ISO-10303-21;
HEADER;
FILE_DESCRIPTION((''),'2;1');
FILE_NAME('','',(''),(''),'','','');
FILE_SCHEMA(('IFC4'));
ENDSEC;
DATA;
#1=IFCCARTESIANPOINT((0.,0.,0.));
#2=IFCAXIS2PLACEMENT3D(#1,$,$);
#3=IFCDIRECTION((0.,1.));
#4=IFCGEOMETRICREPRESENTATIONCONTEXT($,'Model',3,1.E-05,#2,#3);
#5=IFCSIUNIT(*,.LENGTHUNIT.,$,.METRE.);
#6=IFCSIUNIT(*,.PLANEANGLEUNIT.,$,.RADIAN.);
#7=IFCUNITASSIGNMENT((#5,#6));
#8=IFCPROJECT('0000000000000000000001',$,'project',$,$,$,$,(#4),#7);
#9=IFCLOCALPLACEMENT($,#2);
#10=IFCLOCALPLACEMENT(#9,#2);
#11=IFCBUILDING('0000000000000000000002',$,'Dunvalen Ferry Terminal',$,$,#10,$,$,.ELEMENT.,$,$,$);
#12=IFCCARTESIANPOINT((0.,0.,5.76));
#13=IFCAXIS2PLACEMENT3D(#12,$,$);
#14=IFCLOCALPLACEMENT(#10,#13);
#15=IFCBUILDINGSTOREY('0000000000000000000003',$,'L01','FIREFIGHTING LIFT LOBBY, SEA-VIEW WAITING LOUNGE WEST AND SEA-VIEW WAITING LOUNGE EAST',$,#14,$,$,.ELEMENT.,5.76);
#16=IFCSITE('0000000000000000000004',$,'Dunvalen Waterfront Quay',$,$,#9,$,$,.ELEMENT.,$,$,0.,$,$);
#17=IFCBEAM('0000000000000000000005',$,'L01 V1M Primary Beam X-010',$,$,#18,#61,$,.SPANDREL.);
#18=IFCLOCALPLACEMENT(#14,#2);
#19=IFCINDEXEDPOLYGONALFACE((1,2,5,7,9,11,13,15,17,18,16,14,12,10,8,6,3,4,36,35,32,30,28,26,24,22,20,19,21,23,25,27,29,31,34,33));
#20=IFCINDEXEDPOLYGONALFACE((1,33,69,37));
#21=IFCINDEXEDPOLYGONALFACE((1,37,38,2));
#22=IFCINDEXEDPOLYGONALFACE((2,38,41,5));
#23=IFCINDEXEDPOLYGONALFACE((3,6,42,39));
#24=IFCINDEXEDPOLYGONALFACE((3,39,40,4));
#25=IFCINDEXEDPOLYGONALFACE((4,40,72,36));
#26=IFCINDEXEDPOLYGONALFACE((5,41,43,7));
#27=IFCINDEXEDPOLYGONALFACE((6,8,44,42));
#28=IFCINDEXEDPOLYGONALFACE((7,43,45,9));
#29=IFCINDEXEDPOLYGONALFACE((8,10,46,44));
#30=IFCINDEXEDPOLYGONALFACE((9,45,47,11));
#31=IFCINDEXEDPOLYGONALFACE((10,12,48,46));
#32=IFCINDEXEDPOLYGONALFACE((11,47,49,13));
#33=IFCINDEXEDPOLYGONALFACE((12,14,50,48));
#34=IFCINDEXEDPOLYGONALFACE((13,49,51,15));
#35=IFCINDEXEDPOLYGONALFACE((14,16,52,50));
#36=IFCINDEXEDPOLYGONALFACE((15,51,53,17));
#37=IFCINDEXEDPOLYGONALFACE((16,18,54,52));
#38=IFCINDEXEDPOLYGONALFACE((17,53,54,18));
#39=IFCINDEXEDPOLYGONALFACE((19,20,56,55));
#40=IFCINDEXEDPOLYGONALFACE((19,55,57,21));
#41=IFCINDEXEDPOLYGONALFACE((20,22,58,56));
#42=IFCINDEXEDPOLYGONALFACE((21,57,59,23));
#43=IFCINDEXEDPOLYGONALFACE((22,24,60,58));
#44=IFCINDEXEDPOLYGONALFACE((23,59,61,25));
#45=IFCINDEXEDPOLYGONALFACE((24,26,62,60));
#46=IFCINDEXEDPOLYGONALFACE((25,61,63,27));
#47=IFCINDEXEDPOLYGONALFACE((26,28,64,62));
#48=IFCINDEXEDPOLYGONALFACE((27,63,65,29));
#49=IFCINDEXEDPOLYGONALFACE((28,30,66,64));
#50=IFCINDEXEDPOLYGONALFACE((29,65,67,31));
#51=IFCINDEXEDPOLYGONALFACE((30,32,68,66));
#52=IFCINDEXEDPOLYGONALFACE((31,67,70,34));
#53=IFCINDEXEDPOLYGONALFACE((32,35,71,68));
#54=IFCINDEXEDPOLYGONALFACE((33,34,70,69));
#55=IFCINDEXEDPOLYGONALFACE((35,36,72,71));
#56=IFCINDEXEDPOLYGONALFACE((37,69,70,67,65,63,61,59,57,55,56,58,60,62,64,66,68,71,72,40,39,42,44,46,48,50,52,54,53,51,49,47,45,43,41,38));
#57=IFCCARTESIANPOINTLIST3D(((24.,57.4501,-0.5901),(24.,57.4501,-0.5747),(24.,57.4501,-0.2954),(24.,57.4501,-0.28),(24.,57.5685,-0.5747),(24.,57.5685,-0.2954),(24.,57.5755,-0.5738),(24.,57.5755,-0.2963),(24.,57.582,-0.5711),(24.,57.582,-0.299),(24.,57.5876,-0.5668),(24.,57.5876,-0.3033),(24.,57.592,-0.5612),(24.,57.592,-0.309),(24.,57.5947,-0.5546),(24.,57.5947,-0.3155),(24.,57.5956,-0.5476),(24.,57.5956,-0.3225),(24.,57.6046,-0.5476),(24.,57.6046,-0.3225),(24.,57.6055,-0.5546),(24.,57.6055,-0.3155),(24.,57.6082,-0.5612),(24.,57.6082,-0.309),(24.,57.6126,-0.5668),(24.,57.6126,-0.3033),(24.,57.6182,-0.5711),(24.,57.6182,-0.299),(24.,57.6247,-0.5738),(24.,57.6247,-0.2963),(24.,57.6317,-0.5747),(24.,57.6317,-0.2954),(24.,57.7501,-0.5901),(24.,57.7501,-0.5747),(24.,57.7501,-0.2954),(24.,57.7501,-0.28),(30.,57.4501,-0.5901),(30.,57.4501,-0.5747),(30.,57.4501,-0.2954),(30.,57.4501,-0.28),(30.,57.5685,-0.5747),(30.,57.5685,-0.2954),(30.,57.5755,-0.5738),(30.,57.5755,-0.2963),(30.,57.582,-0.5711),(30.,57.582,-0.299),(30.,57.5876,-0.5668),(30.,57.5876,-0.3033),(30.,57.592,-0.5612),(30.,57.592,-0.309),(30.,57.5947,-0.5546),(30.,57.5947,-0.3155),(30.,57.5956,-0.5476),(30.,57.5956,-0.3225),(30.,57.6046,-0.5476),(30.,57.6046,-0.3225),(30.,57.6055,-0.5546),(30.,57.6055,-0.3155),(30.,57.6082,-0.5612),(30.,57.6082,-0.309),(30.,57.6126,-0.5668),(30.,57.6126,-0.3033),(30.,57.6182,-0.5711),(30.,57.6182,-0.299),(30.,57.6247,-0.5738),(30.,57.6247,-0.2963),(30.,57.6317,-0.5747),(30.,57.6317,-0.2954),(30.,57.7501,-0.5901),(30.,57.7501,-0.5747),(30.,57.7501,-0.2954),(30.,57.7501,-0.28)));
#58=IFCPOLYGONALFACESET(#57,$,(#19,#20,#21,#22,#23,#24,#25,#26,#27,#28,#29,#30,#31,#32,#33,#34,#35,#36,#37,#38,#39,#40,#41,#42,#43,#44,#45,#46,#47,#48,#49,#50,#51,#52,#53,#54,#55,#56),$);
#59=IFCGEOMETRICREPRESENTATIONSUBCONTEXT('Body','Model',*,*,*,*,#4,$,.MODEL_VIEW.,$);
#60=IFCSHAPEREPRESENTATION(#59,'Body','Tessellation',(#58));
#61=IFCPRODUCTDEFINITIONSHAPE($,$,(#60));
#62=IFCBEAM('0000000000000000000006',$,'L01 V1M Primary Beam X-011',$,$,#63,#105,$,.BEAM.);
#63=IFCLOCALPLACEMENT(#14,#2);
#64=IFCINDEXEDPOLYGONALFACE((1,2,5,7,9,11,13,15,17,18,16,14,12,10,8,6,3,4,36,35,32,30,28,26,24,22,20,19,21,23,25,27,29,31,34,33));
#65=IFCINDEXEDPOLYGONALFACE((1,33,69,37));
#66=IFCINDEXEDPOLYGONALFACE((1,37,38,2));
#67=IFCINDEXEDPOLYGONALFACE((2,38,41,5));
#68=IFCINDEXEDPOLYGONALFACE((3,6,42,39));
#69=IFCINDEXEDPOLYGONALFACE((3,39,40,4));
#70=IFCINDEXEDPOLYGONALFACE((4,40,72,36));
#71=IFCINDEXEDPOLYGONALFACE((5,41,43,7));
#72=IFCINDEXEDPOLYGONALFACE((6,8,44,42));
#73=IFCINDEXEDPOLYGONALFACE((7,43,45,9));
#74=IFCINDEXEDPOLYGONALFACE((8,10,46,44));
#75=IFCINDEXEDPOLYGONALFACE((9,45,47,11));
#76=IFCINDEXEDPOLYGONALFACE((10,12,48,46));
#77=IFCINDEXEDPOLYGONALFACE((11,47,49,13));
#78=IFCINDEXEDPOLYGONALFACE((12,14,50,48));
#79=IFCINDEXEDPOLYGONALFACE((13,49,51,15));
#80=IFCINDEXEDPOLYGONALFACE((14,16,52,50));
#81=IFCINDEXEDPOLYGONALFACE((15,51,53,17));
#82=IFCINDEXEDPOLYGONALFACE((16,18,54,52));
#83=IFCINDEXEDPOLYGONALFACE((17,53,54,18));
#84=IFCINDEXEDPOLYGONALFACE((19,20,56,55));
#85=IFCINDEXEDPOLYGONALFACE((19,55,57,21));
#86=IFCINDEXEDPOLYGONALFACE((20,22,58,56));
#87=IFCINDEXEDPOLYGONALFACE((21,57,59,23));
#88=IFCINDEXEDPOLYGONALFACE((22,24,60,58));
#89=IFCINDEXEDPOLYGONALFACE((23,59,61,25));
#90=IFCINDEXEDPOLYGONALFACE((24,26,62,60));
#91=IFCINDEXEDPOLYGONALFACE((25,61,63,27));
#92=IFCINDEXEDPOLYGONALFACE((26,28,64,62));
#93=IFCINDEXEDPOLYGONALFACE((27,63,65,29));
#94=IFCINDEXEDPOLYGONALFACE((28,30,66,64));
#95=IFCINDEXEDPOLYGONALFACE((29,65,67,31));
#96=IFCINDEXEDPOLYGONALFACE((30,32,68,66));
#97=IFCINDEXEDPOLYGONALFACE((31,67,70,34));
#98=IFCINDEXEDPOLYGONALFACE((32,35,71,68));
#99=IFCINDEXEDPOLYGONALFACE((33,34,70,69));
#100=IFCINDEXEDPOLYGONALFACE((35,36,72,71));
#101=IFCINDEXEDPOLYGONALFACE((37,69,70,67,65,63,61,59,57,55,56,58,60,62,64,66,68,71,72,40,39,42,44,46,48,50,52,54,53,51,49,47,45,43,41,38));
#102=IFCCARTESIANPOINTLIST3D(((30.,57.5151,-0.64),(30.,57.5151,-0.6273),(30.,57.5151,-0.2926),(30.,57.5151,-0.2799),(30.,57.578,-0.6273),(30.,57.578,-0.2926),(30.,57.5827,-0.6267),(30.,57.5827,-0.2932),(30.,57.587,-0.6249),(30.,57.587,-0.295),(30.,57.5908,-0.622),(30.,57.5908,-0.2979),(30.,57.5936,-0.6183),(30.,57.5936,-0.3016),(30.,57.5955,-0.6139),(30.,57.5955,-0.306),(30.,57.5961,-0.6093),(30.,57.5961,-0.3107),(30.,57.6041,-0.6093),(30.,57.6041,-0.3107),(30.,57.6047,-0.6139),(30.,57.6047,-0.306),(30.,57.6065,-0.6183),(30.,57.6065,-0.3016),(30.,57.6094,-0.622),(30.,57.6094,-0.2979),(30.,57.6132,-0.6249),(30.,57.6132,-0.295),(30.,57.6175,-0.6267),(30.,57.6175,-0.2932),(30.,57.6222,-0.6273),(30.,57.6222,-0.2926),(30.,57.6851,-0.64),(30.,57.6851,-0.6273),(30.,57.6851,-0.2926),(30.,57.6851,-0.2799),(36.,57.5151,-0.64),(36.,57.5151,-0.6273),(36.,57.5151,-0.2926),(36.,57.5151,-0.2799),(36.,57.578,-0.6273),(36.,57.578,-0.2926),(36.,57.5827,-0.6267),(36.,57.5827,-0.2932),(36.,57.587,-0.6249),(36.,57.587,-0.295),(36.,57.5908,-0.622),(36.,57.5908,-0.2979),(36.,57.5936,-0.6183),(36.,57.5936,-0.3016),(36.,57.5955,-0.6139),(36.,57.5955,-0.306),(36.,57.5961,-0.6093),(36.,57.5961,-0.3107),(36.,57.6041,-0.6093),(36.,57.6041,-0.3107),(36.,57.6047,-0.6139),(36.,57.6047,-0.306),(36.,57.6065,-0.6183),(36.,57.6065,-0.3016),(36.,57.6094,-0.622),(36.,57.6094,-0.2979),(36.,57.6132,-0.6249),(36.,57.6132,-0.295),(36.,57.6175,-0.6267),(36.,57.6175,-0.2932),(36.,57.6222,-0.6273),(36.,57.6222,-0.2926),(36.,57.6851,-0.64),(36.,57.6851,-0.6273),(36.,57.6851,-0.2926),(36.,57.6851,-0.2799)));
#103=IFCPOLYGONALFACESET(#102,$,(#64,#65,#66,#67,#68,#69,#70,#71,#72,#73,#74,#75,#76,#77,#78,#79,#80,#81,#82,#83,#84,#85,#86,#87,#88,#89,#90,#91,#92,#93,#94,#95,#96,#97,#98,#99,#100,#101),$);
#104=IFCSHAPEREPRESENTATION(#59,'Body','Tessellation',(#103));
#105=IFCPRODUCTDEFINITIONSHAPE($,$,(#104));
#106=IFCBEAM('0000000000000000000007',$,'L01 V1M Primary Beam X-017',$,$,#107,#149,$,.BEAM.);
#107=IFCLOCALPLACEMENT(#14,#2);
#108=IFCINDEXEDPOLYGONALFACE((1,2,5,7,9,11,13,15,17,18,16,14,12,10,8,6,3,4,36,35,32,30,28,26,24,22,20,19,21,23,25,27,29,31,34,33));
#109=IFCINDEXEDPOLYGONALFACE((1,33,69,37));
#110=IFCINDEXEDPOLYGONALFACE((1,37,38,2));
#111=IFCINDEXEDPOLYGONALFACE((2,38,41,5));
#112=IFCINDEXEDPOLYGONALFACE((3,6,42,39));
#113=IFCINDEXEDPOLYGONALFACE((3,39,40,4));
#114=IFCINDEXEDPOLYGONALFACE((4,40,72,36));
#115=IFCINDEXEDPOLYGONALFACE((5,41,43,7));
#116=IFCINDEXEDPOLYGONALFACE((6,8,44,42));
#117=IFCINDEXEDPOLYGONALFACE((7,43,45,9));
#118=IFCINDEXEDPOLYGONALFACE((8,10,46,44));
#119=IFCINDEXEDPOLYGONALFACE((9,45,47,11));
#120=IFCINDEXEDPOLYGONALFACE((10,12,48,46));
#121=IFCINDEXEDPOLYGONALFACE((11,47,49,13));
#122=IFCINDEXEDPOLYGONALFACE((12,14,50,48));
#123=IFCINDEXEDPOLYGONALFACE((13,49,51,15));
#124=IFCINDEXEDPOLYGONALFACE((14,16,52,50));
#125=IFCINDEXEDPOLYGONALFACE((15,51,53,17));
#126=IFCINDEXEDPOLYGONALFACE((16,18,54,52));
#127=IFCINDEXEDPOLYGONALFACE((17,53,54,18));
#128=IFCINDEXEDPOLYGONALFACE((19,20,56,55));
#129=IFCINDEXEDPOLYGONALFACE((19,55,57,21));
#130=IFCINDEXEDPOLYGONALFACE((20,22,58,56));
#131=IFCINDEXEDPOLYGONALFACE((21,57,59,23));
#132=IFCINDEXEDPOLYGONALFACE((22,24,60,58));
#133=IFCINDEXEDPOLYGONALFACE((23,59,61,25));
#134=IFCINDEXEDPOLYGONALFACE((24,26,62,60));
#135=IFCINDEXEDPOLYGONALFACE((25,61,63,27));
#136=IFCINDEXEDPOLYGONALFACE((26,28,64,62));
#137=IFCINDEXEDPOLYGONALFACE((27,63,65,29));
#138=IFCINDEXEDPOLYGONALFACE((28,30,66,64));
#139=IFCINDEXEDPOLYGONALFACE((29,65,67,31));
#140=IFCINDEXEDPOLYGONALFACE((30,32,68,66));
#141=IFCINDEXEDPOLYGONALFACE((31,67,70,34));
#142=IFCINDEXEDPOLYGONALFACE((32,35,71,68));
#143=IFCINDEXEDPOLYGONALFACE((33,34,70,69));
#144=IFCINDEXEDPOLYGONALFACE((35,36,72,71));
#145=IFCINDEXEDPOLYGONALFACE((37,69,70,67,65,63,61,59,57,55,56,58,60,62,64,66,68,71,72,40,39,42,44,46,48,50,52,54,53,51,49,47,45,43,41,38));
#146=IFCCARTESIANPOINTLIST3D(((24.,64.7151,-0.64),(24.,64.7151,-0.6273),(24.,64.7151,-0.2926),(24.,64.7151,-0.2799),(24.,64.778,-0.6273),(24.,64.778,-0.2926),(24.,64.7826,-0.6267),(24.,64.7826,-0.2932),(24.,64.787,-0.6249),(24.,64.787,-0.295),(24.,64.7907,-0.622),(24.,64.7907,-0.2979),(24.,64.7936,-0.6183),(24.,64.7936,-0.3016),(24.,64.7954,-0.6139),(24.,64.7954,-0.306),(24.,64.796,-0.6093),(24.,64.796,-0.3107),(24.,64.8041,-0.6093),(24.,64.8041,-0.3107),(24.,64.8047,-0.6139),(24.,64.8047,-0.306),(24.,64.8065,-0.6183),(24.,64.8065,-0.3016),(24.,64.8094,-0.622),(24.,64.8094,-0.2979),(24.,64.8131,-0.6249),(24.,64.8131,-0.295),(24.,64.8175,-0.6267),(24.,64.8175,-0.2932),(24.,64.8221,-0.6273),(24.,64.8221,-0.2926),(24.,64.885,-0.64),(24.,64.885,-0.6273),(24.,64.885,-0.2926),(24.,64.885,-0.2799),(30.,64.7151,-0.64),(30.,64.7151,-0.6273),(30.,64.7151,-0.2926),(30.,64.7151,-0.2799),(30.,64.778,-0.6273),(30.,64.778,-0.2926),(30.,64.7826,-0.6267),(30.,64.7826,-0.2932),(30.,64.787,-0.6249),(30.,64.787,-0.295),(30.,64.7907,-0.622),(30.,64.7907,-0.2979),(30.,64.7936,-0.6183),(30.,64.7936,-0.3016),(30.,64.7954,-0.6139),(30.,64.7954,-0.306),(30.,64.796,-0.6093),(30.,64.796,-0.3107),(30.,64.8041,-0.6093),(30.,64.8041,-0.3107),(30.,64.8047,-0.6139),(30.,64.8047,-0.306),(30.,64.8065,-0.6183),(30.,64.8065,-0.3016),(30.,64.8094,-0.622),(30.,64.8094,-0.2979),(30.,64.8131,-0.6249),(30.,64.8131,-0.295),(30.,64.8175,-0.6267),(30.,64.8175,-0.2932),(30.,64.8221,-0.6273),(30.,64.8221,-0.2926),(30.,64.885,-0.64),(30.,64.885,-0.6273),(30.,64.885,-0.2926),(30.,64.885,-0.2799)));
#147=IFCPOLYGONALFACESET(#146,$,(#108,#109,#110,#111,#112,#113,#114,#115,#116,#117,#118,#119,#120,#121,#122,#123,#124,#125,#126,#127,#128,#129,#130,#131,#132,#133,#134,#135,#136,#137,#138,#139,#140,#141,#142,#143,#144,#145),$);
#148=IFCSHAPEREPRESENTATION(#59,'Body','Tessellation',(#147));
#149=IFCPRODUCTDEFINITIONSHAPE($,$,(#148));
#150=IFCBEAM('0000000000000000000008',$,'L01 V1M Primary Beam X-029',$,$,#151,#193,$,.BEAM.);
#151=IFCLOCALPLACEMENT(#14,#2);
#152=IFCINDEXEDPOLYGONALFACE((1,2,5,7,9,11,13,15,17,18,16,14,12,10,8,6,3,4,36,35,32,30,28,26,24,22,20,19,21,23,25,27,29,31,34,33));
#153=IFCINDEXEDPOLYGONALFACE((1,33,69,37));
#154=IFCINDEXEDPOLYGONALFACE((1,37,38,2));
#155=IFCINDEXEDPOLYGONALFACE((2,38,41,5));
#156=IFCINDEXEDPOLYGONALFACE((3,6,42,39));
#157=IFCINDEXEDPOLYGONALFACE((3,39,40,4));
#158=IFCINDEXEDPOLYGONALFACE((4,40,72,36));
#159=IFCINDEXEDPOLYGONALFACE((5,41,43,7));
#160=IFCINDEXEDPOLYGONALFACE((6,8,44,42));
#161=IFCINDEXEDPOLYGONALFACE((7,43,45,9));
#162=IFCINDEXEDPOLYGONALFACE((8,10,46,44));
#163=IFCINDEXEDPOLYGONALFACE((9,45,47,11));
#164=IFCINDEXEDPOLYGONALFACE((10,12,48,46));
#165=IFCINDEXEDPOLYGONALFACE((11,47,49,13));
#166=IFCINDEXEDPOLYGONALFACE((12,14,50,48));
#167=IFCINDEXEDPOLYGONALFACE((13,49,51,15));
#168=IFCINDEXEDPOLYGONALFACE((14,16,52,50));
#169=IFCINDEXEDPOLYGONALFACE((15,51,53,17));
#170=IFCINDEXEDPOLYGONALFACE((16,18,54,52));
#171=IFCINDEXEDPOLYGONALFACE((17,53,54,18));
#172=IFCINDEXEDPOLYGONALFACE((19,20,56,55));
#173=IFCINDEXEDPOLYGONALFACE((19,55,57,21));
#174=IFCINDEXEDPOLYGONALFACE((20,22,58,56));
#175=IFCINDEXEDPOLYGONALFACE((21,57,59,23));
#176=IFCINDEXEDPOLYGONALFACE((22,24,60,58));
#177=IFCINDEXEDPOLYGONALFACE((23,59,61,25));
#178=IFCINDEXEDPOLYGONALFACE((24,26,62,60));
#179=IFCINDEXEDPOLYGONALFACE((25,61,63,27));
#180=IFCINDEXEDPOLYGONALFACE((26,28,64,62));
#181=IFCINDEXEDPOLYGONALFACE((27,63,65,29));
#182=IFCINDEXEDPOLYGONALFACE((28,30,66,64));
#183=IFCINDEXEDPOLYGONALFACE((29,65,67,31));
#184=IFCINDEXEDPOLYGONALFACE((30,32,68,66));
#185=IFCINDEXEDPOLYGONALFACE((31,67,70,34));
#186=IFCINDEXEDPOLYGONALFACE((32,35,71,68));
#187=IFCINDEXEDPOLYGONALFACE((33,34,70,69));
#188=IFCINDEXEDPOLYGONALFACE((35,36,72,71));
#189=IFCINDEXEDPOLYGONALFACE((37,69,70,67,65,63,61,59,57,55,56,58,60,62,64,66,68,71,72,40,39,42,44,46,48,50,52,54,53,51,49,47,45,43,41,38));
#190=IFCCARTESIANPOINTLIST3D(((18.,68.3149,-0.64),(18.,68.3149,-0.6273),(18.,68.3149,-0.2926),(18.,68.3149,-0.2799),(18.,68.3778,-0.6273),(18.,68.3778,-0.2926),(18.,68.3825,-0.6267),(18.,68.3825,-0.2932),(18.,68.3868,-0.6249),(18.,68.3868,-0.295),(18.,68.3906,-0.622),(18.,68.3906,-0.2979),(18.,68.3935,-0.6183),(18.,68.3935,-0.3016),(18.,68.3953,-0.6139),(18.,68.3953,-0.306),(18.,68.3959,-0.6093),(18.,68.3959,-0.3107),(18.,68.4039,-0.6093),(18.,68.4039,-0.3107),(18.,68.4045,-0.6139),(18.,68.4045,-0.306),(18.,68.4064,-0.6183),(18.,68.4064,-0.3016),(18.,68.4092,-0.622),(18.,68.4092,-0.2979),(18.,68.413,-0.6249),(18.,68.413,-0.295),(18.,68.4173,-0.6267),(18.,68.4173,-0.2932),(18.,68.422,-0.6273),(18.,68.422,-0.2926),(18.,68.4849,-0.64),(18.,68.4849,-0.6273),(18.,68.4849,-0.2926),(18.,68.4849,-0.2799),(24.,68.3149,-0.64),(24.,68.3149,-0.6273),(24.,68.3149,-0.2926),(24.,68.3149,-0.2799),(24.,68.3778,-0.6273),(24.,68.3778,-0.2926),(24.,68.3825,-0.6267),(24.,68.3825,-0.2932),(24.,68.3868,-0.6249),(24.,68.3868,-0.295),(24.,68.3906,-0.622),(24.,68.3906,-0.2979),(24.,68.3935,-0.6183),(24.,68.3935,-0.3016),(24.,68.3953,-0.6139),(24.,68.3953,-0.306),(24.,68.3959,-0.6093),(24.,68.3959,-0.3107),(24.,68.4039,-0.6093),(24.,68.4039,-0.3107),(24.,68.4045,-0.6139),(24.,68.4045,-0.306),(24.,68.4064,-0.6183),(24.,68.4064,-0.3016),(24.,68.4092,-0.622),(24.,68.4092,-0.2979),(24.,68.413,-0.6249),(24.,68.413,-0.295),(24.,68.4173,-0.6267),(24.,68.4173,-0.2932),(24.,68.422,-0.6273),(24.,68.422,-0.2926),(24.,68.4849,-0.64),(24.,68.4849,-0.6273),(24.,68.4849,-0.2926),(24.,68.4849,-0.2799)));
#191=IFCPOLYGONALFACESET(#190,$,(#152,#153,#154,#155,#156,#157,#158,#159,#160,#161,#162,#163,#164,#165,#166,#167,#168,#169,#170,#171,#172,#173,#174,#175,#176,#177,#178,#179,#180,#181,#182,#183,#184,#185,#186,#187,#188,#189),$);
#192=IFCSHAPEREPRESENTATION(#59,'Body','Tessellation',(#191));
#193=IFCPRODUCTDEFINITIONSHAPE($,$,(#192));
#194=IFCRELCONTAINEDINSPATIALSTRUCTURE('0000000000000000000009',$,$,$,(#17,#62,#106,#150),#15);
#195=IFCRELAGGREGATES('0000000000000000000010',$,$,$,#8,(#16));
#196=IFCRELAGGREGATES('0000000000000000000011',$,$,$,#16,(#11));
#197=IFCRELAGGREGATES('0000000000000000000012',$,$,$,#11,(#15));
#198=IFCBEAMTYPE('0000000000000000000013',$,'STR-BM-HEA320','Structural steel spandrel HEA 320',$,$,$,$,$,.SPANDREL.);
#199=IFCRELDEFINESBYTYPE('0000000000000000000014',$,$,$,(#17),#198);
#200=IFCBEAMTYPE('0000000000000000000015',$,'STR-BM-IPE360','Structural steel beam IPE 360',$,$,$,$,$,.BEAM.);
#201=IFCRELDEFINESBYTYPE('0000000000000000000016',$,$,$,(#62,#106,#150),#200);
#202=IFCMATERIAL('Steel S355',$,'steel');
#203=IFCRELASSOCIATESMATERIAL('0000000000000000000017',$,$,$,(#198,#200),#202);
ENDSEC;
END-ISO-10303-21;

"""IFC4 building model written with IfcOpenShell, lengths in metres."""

from ifc_helpers import new_model, si_unit, direction, frame, origin, origin_2d, place, context, subcontext, project, spatial, i_section, extrude, material, material_profile, profile_set, type_object, element, save


model = new_model("IFC4")

# Units and contexts
model_context = context("Model", 3, precision=1e-05, world=origin(), true_north=direction((0.0, 1.0)))
body_context = subcontext(model_context, "Body", "Model", "MODEL_VIEW")
ifc_project = project(units=[si_unit("LENGTHUNIT", "METRE"), si_unit("PLANEANGLEUNIT", "RADIAN")], contexts=[model_context])

# Site, building, storey
site_placement = place(None, origin())
site = spatial("IfcSite", under=ifc_project, at=site_placement, Name="Dunvalen Waterfront Quay", CompositionType="ELEMENT", RefElevation=0.0)
building_placement = place(site_placement, origin())
building = spatial("IfcBuilding", under=site, at=building_placement, Name="Dunvalen Ferry Terminal", CompositionType="ELEMENT")
storey_placement = place(building_placement, frame((0.0, 0.0, 5.76)))
storey = spatial("IfcBuildingStorey", under=building, at=storey_placement, Name="L01", Description="FIREFIGHTING LIFT LOBBY, SEA-VIEW WAITING LOUNGE WEST AND SEA-VIEW WAITING LOUNGE EAST", CompositionType="ELEMENT", Elevation=5.76)

# Beams
ifc_material_1 = material(Name="Steel S355", Category="steel")
ifc_material_profile_1 = material_profile(ifc_material_1, i_section(OverallWidth=0.3, OverallDepth=0.3101, WebThickness=0.009, FlangeThickness=0.0154, FilletRadius=0.0271, at=origin_2d()), Name="Steel S355")
ifc_profile_set_1 = profile_set([ifc_material_profile_1], Name="Steel S355")
beam_type_1 = type_object("IfcBeamType", Name="STR-BM-HEA320", Description="Structural steel spandrel HEA 320", PredefinedType="SPANDREL", material=ifc_profile_set_1)
beam_1_placement = place(storey_placement, frame((24.0, 57.6001, -0.4351), z_axis=(1.0, 0.0, 0.0), x_axis=(0.0, 1.0, 0.0)))
element("IfcBeam", 1, at=beam_1_placement, inside=storey, type_object=beam_type_1, Name="L01 V1M Primary Beam X-010", PredefinedType="SPANDREL", context=body_context, shape_type="SweptSolid", body=[
    extrude(i_section(OverallWidth=0.3, OverallDepth=0.3101, WebThickness=0.009, FlangeThickness=0.0154, FilletRadius=0.0271, at=origin_2d()), origin(), (0.0, 0.0, 1.0), 6.0),
])
ifc_material_profile_2 = material_profile(ifc_material_1, i_section(OverallWidth=0.1699, OverallDepth=0.3601, WebThickness=0.0081, FlangeThickness=0.0127, FilletRadius=0.0181, at=origin_2d()), Name="Steel S355")
ifc_profile_set_2 = profile_set([ifc_material_profile_2], Name="Steel S355")
beam_type_2 = type_object("IfcBeamType", Name="STR-BM-IPE360", Description="Structural steel beam IPE 360", PredefinedType="BEAM", material=ifc_profile_set_2)
for number, where, z_axis, x_axis, name in (
    (2, (30.0, 57.6001, -0.46), (1.0, 0.0, 0.0), (0.0, 1.0, 0.0), "L01 V1M Primary Beam X-011"),
    (3, (24.0, 64.8, -0.46), (1.0, 0.0, 0.0), (0.0, 1.0, 0.0), "L01 V1M Primary Beam X-017"),
    (4, (18.0, 68.3999, -0.46), (1.0, 0.0, 0.0), (0.0, 1.0, 0.0), "L01 V1M Primary Beam X-029"),
):
    element("IfcBeam", number, at=place(storey_placement, frame(where, z_axis=z_axis, x_axis=x_axis)), inside=storey, type_object=beam_type_2, Name=name, PredefinedType="BEAM", context=body_context, shape_type="SweptSolid", body=[
        extrude(i_section(OverallWidth=0.1699, OverallDepth=0.3601, WebThickness=0.0081, FlangeThickness=0.0127, FilletRadius=0.0181, at=origin_2d()), origin(), (0.0, 0.0, 1.0), 6.0),
    ])

save(model, "model.ifc")
